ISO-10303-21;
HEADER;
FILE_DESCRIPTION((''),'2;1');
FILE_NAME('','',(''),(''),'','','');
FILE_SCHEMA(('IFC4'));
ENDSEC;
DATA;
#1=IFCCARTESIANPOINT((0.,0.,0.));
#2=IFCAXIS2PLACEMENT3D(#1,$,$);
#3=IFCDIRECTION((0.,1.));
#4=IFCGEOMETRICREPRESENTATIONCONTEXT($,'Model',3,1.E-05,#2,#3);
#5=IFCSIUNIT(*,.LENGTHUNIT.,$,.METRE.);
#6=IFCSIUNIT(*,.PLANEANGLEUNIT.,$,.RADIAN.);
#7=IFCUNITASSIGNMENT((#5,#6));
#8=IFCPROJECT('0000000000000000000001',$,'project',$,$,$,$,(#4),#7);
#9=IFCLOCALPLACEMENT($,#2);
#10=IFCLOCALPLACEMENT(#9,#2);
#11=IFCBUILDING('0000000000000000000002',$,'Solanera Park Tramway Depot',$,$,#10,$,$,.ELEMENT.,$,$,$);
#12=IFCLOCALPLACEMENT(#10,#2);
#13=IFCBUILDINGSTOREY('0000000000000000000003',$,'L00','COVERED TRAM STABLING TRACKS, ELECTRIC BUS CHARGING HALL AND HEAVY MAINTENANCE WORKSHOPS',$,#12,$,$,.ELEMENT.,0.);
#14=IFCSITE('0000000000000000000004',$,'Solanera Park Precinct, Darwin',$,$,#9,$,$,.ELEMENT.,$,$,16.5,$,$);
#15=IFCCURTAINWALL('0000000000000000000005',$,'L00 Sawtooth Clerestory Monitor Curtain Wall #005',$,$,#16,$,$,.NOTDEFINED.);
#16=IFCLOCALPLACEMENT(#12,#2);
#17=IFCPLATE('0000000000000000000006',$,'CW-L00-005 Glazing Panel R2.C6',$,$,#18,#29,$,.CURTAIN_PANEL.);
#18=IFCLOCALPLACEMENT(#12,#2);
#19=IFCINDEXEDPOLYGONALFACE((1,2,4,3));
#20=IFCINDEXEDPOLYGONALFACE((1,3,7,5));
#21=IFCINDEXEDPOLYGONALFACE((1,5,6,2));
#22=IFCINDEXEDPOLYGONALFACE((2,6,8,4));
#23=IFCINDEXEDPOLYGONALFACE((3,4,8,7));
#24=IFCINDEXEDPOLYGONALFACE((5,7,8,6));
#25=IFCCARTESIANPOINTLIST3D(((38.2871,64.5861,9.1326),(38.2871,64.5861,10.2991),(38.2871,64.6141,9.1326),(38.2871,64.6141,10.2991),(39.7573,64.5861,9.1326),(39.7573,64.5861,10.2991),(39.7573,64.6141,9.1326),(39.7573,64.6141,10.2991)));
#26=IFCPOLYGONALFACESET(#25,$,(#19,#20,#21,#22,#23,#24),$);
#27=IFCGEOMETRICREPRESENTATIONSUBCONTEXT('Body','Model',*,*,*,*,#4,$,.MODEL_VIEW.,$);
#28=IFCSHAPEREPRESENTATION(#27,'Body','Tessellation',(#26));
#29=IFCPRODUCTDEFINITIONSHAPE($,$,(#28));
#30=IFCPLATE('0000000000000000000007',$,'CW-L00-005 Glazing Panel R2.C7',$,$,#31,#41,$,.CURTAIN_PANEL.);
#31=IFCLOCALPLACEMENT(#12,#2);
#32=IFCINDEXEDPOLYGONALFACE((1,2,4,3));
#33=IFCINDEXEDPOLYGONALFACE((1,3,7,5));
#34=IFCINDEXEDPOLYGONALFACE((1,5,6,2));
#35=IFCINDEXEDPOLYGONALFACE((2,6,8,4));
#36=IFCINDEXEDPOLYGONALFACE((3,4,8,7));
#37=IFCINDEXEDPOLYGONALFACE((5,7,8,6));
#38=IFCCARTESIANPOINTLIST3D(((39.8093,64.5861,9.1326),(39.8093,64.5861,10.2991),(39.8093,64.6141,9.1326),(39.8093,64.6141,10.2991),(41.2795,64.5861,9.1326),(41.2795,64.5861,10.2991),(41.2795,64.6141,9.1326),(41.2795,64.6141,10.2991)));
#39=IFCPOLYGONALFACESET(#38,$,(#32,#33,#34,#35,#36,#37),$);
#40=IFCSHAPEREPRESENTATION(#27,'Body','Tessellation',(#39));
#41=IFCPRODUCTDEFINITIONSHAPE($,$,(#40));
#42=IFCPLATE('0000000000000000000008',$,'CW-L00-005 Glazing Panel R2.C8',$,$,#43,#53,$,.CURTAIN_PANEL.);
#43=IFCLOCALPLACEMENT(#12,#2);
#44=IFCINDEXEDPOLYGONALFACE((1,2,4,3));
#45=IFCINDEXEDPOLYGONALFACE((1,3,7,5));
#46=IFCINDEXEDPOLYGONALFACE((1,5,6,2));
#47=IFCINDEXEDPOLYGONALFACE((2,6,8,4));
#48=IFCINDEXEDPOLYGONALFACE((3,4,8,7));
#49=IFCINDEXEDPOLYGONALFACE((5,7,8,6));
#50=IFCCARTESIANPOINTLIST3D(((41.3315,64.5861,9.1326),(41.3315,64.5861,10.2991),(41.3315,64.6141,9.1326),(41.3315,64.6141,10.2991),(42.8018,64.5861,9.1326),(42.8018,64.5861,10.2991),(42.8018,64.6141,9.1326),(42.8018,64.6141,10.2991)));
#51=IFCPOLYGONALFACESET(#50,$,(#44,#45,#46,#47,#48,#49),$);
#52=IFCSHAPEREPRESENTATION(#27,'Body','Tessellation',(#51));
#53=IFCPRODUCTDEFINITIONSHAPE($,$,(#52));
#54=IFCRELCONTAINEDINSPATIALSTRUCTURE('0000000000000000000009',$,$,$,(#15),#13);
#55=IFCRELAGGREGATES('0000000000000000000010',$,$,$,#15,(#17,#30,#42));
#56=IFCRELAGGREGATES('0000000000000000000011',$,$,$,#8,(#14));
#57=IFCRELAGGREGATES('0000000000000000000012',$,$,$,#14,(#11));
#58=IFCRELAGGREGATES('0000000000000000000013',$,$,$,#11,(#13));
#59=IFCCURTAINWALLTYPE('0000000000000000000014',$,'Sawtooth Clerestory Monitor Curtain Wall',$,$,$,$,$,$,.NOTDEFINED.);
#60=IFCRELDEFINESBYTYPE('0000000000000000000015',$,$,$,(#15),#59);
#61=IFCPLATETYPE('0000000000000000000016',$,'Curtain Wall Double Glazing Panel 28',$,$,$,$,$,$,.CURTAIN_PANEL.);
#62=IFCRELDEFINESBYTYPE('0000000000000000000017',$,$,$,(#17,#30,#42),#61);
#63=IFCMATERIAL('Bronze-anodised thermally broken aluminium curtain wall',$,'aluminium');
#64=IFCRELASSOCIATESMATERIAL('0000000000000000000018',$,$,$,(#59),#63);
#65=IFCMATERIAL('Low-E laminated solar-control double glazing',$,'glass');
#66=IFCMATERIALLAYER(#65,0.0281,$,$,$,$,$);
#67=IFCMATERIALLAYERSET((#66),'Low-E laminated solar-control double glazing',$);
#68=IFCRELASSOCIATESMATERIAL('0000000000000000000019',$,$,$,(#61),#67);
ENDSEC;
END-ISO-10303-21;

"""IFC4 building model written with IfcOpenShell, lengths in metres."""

from ifc_helpers import new_model, si_unit, direction, frame, origin, origin_2d, place, context, subcontext, project, spatial, rectangle, extrude, material, layer, layer_set, type_object, element, aggregate, save


model = new_model("IFC4")

# Units and contexts
model_context = context("Model", 3, precision=1e-05, world=origin(), true_north=direction((0.0, 1.0)))
body_context = subcontext(model_context, "Body", "Model", "MODEL_VIEW")
ifc_project = project(units=[si_unit("LENGTHUNIT", "METRE"), si_unit("PLANEANGLEUNIT", "RADIAN")], contexts=[model_context])

# Site, building, storey
site_placement = place(None, origin())
site = spatial("IfcSite", under=ifc_project, at=site_placement, Name="Solanera Park Precinct, Darwin", CompositionType="ELEMENT", RefElevation=16.5)
building_placement = place(site_placement, origin())
building = spatial("IfcBuilding", under=site, at=building_placement, Name="Solanera Park Tramway Depot", CompositionType="ELEMENT")
storey_placement = place(building_placement, origin())
storey = spatial("IfcBuildingStorey", under=building, at=storey_placement, Name="L00", Description="COVERED TRAM STABLING TRACKS, ELECTRIC BUS CHARGING HALL AND HEAVY MAINTENANCE WORKSHOPS", CompositionType="ELEMENT", Elevation=0.0)

# Curtain wall, plates
ifc_material_1 = material(Name="Bronze-anodised thermally broken aluminium curtain wall", Category="aluminium")
curtain_wall_type = type_object("IfcCurtainWallType", Name="Sawtooth Clerestory Monitor Curtain Wall", PredefinedType="NOTDEFINED", material=ifc_material_1)
curtain_wall_placement = place(storey_placement, origin())
curtain_wall = element("IfcCurtainWall", 1, at=curtain_wall_placement, inside=storey, type_object=curtain_wall_type, Name="L00 Sawtooth Clerestory Monitor Curtain Wall #005", PredefinedType="NOTDEFINED")
ifc_material_2 = material(Name="Low-E laminated solar-control double glazing", Category="glass")
ifc_layer = layer(ifc_material_2, 0.0281)
ifc_layer_set = layer_set([ifc_layer], Name="Low-E laminated solar-control double glazing")
plate_type = type_object("IfcPlateType", Name="Curtain Wall Double Glazing Panel 28", PredefinedType="CURTAIN_PANEL", material=ifc_layer_set)
plate_1_placement = place(storey_placement, frame((39.0222, 64.6001, 9.1326), z_axis=(0.0, 0.0, 1.0), x_axis=(1.0, 0.0, 0.0)))
plate_1 = element("IfcPlate", 2, at=plate_1_placement, type_object=plate_type, Name="CW-L00-005 Glazing Panel R2.C6", PredefinedType="CURTAIN_PANEL", context=body_context, shape_type="SweptSolid", body=[
    extrude(rectangle(XDim=1.4702, YDim=0.0281, at=origin_2d()), origin(), (0.0, 0.0, 1.0), 1.1665),
])
plate_2_placement = place(storey_placement, frame((40.5444, 64.6001, 9.1326), z_axis=(0.0, 0.0, 1.0), x_axis=(1.0, 0.0, 0.0)))
plate_2 = element("IfcPlate", 3, at=plate_2_placement, type_object=plate_type, Name="CW-L00-005 Glazing Panel R2.C7", PredefinedType="CURTAIN_PANEL", context=body_context, shape_type="SweptSolid", body=[
    extrude(rectangle(XDim=1.4702, YDim=0.0281, at=origin_2d()), origin(), (0.0, 0.0, 1.0), 1.1665),
])
plate_3_placement = place(storey_placement, frame((42.0667, 64.6001, 9.1326), z_axis=(0.0, 0.0, 1.0), x_axis=(1.0, 0.0, 0.0)))
plate_3 = element("IfcPlate", 4, at=plate_3_placement, type_object=plate_type, Name="CW-L00-005 Glazing Panel R2.C8", PredefinedType="CURTAIN_PANEL", context=body_context, shape_type="SweptSolid", body=[
    extrude(rectangle(XDim=1.4702, YDim=0.0281, at=origin_2d()), origin(), (0.0, 0.0, 1.0), 1.1665),
])
aggregate(curtain_wall, [plate_1, plate_2, plate_3])

save(model, "model.ifc")
